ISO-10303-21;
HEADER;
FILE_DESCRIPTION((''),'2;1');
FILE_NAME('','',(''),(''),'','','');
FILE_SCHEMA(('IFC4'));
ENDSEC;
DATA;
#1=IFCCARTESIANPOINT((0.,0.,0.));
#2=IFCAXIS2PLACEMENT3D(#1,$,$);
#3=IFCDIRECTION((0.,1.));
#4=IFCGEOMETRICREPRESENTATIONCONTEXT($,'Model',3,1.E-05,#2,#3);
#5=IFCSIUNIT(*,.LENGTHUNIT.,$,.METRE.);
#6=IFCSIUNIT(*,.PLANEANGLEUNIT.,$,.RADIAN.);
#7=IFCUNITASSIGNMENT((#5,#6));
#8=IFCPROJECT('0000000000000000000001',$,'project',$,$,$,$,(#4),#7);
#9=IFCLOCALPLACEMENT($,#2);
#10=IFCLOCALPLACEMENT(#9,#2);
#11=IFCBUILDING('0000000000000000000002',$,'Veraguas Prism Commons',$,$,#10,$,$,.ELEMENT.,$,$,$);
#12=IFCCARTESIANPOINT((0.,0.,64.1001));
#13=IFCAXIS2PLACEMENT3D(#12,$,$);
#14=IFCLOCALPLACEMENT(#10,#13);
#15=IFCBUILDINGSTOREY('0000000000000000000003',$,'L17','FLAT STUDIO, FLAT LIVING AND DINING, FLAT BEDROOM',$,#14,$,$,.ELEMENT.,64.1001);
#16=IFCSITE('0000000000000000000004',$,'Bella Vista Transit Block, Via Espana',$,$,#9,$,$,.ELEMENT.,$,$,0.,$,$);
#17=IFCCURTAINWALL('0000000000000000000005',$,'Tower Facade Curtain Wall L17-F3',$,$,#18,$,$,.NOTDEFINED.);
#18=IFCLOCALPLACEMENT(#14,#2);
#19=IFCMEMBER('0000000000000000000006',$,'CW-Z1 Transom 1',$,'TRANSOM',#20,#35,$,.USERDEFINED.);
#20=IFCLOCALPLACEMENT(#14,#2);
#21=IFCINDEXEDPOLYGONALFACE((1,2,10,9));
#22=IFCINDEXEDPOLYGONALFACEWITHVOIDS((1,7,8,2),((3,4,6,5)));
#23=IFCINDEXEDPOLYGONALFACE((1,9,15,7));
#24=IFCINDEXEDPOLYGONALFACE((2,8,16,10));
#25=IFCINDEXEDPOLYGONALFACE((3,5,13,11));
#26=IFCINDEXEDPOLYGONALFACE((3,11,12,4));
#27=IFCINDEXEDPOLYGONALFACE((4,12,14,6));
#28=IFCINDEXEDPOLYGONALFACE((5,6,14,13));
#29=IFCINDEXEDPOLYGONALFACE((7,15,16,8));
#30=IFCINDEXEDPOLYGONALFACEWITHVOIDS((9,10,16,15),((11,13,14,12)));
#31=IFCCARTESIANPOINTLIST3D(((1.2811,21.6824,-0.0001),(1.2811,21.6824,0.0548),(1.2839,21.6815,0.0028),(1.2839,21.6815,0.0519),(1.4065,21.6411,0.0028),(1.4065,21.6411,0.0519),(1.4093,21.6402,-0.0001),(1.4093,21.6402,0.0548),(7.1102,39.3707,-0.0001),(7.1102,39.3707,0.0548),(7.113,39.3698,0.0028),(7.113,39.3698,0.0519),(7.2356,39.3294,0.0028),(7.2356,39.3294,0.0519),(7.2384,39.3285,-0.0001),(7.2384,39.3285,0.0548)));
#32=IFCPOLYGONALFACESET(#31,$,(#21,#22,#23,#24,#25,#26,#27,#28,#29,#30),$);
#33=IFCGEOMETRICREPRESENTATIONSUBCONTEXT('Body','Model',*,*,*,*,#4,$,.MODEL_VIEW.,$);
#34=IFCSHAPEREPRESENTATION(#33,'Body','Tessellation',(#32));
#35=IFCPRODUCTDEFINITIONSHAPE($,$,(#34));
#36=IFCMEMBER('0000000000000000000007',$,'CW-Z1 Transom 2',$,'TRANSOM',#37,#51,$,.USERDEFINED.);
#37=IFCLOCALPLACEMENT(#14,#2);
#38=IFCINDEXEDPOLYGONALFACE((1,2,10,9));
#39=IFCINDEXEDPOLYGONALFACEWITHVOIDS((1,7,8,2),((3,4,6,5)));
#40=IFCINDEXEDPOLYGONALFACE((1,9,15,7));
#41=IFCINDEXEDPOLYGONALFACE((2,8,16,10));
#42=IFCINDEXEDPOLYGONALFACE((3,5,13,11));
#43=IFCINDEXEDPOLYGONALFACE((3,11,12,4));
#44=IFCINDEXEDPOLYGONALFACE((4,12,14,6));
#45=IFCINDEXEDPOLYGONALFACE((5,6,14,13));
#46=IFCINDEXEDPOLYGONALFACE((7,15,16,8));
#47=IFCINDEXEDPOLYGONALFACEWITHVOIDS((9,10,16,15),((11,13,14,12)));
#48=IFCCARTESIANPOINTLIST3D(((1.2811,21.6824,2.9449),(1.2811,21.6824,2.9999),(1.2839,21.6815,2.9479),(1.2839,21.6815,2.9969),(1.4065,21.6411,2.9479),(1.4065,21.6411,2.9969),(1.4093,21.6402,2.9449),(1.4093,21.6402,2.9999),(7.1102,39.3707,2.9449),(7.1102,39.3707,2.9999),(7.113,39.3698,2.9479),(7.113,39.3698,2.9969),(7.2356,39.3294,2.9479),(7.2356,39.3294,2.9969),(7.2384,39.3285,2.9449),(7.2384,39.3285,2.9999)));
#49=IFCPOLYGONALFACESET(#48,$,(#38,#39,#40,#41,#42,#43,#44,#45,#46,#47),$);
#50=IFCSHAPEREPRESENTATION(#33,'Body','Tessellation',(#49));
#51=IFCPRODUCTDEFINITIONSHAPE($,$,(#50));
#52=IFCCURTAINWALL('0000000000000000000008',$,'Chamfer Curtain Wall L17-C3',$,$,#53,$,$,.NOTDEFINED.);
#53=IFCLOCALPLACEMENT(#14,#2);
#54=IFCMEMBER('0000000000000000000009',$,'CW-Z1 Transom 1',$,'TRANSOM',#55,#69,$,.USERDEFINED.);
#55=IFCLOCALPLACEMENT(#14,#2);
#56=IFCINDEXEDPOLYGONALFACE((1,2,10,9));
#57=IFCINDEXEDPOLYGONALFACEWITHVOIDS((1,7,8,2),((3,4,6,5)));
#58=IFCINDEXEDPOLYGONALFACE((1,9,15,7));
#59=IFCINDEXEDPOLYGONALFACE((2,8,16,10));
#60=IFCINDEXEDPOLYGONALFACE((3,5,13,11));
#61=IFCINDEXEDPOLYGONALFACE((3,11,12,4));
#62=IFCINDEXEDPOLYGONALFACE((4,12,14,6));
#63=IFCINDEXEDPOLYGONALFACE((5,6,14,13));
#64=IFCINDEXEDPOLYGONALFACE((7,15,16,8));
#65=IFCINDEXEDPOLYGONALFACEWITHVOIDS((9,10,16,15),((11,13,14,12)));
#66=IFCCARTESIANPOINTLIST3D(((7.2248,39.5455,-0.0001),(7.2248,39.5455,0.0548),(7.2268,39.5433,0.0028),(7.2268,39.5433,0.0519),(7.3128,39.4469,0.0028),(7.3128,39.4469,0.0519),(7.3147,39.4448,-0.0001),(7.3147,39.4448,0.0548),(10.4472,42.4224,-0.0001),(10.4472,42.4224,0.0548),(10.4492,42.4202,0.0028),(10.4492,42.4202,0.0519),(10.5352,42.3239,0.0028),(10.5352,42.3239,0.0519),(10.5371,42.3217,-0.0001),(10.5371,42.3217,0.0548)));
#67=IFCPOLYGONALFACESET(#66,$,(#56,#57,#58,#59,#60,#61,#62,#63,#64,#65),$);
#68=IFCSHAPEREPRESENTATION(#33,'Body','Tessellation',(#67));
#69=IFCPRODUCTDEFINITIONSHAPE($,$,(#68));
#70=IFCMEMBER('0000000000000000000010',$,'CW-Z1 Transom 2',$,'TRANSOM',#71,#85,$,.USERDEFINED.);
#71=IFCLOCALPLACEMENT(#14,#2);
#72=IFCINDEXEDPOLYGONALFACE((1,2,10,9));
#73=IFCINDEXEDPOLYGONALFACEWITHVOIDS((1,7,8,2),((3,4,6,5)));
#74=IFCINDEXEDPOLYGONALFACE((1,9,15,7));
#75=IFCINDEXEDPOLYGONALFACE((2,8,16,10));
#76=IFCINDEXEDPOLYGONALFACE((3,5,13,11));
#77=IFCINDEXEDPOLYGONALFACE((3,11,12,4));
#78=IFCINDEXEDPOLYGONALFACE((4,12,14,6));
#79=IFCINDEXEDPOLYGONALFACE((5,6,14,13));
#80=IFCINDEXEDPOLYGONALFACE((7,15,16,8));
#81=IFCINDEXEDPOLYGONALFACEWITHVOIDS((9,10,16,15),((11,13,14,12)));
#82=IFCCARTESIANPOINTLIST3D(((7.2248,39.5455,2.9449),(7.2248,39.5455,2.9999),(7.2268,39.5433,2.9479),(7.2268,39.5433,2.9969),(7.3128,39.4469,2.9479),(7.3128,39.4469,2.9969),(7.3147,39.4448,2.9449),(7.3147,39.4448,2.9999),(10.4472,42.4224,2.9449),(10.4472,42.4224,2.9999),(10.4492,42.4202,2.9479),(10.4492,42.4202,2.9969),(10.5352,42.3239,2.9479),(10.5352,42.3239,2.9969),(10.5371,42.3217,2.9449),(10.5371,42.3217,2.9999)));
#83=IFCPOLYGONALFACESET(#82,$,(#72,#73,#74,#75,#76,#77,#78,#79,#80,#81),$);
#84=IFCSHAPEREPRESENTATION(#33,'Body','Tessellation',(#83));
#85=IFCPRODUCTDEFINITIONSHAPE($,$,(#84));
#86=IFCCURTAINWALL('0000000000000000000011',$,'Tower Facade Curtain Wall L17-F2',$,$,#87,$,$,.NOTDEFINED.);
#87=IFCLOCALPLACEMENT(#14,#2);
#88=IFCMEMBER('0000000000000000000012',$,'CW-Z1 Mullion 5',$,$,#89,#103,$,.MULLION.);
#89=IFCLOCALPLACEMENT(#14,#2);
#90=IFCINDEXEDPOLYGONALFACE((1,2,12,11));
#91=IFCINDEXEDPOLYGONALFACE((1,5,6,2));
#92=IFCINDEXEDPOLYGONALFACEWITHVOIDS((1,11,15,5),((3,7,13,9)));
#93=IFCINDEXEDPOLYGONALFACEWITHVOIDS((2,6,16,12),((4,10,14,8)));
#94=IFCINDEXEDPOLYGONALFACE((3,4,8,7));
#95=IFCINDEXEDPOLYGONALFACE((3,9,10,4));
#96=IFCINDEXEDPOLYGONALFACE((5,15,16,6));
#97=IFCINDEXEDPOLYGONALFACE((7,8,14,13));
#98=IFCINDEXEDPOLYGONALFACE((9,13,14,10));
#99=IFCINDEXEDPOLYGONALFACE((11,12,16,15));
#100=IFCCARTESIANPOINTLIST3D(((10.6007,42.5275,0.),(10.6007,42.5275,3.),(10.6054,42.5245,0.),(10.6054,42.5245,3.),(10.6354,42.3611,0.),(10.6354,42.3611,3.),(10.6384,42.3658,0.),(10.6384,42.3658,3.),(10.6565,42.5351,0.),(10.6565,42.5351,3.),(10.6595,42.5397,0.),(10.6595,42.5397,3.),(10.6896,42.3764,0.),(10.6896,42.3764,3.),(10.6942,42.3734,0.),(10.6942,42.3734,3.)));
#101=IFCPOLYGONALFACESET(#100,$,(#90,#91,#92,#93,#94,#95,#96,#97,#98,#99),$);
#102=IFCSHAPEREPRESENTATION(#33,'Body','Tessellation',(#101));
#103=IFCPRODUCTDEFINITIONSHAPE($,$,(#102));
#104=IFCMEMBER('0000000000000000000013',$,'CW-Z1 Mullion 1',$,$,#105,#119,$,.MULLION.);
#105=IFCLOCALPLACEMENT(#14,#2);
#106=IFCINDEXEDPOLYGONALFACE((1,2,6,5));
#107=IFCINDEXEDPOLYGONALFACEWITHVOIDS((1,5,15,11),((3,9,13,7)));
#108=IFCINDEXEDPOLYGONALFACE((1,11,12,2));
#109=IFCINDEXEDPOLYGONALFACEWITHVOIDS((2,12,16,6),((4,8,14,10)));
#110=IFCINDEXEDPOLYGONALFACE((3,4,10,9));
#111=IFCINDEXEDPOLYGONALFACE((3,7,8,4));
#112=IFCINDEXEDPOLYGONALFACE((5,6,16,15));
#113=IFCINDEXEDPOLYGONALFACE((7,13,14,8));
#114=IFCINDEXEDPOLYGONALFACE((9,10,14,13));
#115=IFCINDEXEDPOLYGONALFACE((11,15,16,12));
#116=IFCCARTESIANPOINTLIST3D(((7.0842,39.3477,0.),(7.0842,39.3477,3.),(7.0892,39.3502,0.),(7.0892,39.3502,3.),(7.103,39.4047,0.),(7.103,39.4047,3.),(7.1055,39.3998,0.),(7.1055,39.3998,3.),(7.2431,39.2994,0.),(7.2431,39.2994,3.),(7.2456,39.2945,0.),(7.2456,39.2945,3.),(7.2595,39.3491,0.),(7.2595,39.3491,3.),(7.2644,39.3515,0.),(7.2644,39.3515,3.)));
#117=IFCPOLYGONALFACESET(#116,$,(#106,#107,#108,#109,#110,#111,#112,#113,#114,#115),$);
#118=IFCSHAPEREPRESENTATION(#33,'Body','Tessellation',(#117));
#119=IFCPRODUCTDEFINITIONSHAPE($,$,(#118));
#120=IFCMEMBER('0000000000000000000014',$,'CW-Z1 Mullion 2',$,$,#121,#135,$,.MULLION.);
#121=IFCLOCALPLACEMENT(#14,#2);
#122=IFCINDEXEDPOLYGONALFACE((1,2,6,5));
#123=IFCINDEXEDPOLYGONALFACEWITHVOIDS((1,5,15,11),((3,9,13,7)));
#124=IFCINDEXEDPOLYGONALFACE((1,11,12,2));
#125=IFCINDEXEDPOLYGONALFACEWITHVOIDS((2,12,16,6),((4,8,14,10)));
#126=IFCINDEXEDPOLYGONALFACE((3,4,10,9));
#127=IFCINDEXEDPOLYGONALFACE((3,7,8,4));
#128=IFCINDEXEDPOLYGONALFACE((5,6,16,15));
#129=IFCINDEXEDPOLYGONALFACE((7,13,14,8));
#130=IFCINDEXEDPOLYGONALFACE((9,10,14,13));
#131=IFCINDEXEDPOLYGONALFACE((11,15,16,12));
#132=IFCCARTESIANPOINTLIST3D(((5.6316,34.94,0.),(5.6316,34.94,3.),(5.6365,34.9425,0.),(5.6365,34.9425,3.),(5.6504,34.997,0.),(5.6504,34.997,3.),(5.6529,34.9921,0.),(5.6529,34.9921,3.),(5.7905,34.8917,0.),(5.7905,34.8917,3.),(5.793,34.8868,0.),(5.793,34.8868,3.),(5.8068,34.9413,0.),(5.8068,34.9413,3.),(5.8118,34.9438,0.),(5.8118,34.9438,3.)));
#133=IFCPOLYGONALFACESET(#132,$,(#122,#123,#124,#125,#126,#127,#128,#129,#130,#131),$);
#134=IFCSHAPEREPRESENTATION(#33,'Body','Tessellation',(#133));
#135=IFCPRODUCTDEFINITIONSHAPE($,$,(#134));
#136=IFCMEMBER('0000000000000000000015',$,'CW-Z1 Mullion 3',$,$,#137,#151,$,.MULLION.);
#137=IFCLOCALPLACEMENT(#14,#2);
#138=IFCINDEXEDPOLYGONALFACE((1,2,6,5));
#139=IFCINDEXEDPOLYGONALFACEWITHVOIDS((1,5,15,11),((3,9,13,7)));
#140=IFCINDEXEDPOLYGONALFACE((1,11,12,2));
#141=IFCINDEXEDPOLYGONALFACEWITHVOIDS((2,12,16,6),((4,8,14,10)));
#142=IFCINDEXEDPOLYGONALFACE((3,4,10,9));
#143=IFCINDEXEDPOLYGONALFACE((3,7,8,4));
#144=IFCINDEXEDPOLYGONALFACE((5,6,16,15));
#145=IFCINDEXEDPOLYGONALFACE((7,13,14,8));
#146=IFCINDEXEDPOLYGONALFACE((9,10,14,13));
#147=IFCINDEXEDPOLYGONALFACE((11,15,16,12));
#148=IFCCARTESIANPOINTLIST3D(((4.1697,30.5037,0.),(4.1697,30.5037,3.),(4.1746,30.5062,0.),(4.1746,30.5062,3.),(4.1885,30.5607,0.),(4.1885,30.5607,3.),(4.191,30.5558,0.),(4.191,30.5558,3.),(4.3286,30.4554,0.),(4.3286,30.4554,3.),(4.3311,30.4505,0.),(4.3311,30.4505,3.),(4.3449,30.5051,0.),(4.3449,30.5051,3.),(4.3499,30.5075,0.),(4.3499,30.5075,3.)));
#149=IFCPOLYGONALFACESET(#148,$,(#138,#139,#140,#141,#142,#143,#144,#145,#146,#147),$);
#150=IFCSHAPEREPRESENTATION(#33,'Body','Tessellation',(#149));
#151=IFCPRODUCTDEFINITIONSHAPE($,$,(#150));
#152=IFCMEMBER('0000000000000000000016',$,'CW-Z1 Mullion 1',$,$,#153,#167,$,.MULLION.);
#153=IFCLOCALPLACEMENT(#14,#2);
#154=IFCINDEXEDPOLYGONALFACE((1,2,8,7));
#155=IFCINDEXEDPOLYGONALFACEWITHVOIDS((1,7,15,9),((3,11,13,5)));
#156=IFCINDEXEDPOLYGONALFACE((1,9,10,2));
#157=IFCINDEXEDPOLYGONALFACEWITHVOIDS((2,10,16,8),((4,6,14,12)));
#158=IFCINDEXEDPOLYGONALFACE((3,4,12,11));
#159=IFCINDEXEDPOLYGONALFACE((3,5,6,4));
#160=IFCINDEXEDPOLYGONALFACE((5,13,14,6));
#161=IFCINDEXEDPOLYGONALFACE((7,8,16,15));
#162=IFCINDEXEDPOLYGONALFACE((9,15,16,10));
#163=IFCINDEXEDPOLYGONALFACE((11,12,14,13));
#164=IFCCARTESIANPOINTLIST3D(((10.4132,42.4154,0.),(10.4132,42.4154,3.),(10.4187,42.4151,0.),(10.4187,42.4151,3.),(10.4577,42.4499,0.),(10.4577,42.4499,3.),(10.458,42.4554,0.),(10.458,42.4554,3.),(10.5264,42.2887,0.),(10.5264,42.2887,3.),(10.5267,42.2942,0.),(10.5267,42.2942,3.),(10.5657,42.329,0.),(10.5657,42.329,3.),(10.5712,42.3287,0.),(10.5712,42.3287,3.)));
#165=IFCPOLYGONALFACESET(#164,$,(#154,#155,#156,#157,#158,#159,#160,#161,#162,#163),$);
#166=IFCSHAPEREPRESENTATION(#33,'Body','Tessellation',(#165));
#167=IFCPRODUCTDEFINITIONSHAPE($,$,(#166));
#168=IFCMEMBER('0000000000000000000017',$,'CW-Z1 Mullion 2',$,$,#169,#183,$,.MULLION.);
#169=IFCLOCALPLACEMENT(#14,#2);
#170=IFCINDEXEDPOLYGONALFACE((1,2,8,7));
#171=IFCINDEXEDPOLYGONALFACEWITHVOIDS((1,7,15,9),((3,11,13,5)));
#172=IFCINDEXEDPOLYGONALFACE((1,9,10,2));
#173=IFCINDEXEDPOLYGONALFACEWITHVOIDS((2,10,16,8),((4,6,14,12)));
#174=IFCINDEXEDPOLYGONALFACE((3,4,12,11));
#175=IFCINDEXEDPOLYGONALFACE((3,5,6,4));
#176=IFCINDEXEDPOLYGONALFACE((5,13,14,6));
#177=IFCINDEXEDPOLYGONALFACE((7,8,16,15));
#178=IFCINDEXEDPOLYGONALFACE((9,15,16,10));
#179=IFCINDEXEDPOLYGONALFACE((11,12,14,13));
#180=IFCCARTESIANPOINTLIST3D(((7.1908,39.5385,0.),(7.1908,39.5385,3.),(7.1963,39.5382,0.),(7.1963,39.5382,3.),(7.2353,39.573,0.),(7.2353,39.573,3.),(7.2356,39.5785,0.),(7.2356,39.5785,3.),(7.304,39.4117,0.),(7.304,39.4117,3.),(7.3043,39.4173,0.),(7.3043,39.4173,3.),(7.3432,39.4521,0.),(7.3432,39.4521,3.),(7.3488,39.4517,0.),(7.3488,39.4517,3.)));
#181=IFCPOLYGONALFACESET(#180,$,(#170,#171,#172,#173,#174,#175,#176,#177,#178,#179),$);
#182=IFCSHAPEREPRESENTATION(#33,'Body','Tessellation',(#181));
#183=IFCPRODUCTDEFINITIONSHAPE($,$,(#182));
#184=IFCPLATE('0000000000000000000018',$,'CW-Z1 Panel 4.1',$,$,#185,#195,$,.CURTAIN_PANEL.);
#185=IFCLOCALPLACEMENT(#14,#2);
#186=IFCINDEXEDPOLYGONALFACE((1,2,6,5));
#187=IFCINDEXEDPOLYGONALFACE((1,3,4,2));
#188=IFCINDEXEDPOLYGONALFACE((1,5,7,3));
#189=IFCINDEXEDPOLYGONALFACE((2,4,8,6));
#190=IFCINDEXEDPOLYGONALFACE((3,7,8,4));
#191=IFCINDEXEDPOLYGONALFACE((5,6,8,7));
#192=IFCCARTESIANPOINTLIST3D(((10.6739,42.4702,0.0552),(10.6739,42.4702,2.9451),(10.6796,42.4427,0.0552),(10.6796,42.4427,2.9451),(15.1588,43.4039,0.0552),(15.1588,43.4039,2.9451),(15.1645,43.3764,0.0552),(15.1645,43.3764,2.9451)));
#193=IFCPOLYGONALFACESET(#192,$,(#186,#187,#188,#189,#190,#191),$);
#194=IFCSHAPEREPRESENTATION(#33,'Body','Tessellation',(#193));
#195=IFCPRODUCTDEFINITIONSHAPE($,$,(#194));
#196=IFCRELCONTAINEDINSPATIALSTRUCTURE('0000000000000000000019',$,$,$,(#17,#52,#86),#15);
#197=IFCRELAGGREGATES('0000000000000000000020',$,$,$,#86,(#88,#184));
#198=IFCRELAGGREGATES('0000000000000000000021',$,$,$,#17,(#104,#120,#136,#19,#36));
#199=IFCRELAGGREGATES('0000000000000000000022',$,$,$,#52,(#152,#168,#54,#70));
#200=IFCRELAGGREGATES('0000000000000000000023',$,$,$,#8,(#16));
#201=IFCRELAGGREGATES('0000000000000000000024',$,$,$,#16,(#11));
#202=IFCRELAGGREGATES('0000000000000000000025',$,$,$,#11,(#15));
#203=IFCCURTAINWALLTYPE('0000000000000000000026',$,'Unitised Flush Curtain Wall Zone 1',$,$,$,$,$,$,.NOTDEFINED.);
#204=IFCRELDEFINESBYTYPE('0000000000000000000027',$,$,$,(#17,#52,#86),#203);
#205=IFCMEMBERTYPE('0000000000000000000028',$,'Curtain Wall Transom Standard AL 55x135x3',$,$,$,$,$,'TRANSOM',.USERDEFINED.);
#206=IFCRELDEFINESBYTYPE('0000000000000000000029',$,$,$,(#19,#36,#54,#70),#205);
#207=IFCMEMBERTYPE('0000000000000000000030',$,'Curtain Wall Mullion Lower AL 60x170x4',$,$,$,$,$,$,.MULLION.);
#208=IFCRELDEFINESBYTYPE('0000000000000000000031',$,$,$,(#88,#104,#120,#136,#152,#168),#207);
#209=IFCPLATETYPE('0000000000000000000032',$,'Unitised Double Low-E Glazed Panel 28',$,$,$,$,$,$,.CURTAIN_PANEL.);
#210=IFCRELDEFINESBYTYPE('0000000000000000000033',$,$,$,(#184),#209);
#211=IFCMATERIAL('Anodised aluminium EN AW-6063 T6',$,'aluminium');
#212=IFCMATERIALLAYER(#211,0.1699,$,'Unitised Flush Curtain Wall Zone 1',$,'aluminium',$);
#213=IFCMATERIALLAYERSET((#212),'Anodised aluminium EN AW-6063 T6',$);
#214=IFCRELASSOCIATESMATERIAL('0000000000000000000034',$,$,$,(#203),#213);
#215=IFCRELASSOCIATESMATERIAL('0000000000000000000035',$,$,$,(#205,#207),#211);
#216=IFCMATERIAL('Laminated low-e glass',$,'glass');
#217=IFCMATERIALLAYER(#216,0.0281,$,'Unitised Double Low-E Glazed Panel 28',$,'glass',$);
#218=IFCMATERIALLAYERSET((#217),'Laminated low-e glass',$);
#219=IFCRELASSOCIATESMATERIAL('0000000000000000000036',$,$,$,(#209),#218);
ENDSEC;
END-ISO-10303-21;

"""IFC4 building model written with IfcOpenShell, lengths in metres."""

from ifc_helpers import new_model, si_unit, direction, frame, origin, origin_2d, place, context, subcontext, project, spatial, rectangle, hollow_rectangle, extrude, source, transform, mapped, material, layer, layer_set, material_profile, profile_set, type_object, element, aggregate, save


model = new_model("IFC4")

# Units and contexts
model_context = context("Model", 3, precision=1e-05, world=origin(), true_north=direction((0.0, 1.0)))
body_context = subcontext(model_context, "Body", "Model", "MODEL_VIEW")
ifc_project = project(units=[si_unit("LENGTHUNIT", "METRE"), si_unit("PLANEANGLEUNIT", "RADIAN")], contexts=[model_context])

# Site, building, storey
site_placement = place(None, origin())
site = spatial("IfcSite", under=ifc_project, at=site_placement, Name="Bella Vista Transit Block, Via Espana", CompositionType="ELEMENT", RefElevation=0.0)
building_placement = place(site_placement, origin())
building = spatial("IfcBuilding", under=site, at=building_placement, Name="Veraguas Prism Commons", CompositionType="ELEMENT")
storey_placement = place(building_placement, frame((0.0, 0.0, 64.1001)))
storey = spatial("IfcBuildingStorey", under=building, at=storey_placement, Name="L17", Description="FLAT STUDIO, FLAT LIVING AND DINING, FLAT BEDROOM", CompositionType="ELEMENT", Elevation=64.1001)

# Curtain walls, members
ifc_material_1 = material(Name="Anodised aluminium EN AW-6063 T6", Category="aluminium")
ifc_layer_1 = layer(ifc_material_1, 0.1699, Name="Unitised Flush Curtain Wall Zone 1", Category="aluminium")
ifc_layer_set_1 = layer_set([ifc_layer_1], Name="Anodised aluminium EN AW-6063 T6")
curtain_wall_type = type_object("IfcCurtainWallType", Name="Unitised Flush Curtain Wall Zone 1", PredefinedType="NOTDEFINED", material=ifc_layer_set_1)
curtain_wall_1_placement = place(storey_placement, origin())
curtain_wall_1 = element("IfcCurtainWall", 1, at=curtain_wall_1_placement, inside=storey, type_object=curtain_wall_type, Name="Tower Facade Curtain Wall L17-F3", PredefinedType="NOTDEFINED")
ifc_material_profile_1 = material_profile(ifc_material_1, hollow_rectangle(XDim=0.0549, YDim=0.135, WallThickness=0.0029, at=origin_2d()), Name="AL55X135X3")
ifc_profile_set_1 = profile_set([ifc_material_profile_1], Name="Anodised aluminium EN AW-6063 T6")
member_type_1 = type_object("IfcMemberType", Name="Curtain Wall Transom Standard AL 55x135x3", ElementType="TRANSOM", PredefinedType="USERDEFINED", material=ifc_profile_set_1)
shared_shape_1 = source(origin(), body_context, "Body", "SweptSolid", [
    extrude(hollow_rectangle(XDim=0.0549, YDim=0.135, WallThickness=0.0029, at=origin_2d()), origin(), (0.0, 0.0, 1.0), 18.624),
])
member_1_placement = place(storey_placement, frame((7.1743, 39.3496, 0.0273), z_axis=(-0.312989, -0.949757, 0.0), x_axis=(0.0, 0.0, 1.0)))
member_1 = element("IfcMember", 2, at=member_1_placement, type_object=member_type_1, Name="CW-Z1 Transom 1", ObjectType="TRANSOM", PredefinedType="USERDEFINED", context=body_context, shape_type="MappedRepresentation", body=[
    mapped(shared_shape_1, transform((0.0, 0.0, 0.0), scale=1.0)),
])
member_2_placement = place(storey_placement, frame((7.1743, 39.3496, 2.9724), z_axis=(-0.312989, -0.949757, 0.0), x_axis=(0.0, 0.0, 1.0)))
member_2 = element("IfcMember", 3, at=member_2_placement, type_object=member_type_1, Name="CW-Z1 Transom 2", ObjectType="TRANSOM", PredefinedType="USERDEFINED", context=body_context, shape_type="MappedRepresentation", body=[
    mapped(shared_shape_1, transform((0.0, 0.0, 0.0), scale=1.0)),
])
curtain_wall_2_placement = place(storey_placement, origin())
curtain_wall_2 = element("IfcCurtainWall", 4, at=curtain_wall_2_placement, inside=storey, type_object=curtain_wall_type, Name="Chamfer Curtain Wall L17-C3", PredefinedType="NOTDEFINED")
shared_shape_2 = source(origin(), body_context, "Body", "SweptSolid", [
    extrude(hollow_rectangle(XDim=0.0549, YDim=0.135, WallThickness=0.0029, at=origin_2d()), origin(), (0.0, 0.0, 1.0), 4.3198),
])
member_3_placement = place(storey_placement, frame((10.4922, 42.3721, 0.0273), z_axis=(-0.745961, -0.66599, 0.0), x_axis=(0.0, 0.0, 1.0)))
member_3 = element("IfcMember", 5, at=member_3_placement, type_object=member_type_1, Name="CW-Z1 Transom 1", ObjectType="TRANSOM", PredefinedType="USERDEFINED", context=body_context, shape_type="MappedRepresentation", body=[
    mapped(shared_shape_2, transform((0.0, 0.0, 0.0), scale=1.0)),
])
member_4_placement = place(storey_placement, frame((10.4922, 42.3721, 2.9724), z_axis=(-0.745961, -0.66599, 0.0), x_axis=(0.0, 0.0, 1.0)))
member_4 = element("IfcMember", 6, at=member_4_placement, type_object=member_type_1, Name="CW-Z1 Transom 2", ObjectType="TRANSOM", PredefinedType="USERDEFINED", context=body_context, shape_type="MappedRepresentation", body=[
    mapped(shared_shape_2, transform((0.0, 0.0, 0.0), scale=1.0)),
])

# Curtain wall, member
curtain_wall_3_placement = place(storey_placement, origin())
curtain_wall_3 = element("IfcCurtainWall", 7, at=curtain_wall_3_placement, inside=storey, type_object=curtain_wall_type, Name="Tower Facade Curtain Wall L17-F2", PredefinedType="NOTDEFINED")
ifc_material_profile_2 = material_profile(ifc_material_1, hollow_rectangle(XDim=0.0601, YDim=0.1699, WallThickness=0.0039, at=origin_2d()), Name="AL60X170X4")
ifc_profile_set_2 = profile_set([ifc_material_profile_2], Name="Anodised aluminium EN AW-6063 T6")
member_type_2 = type_object("IfcMemberType", Name="Curtain Wall Mullion Lower AL 60x170x4", PredefinedType="MULLION", material=ifc_profile_set_2)
shared_shape_3 = source(origin(), body_context, "Body", "SweptSolid", [
    extrude(hollow_rectangle(XDim=0.0601, YDim=0.1699, WallThickness=0.0039, at=origin_2d()), origin(), (0.0, 0.0, 1.0), 3.0),
])
member_5_placement = place(storey_placement, frame((10.6475, 42.4504, 0.0), z_axis=(0.0, 0.0, 1.0), x_axis=(-0.979009, -0.203818, 0.0)))
member_5 = element("IfcMember", 8, at=member_5_placement, type_object=member_type_2, Name="CW-Z1 Mullion 5", PredefinedType="MULLION", context=body_context, shape_type="MappedRepresentation", body=[
    mapped(shared_shape_3, transform((0.0, 0.0, 0.0), scale=1.0)),
])

# Members
member_6_placement = place(storey_placement, frame((7.1743, 39.3496, 0.0), z_axis=(0.0, 0.0, 1.0), x_axis=(-0.312991, -0.949756, 0.0)))
member_6 = element("IfcMember", 9, at=member_6_placement, type_object=member_type_2, Name="CW-Z1 Mullion 1", PredefinedType="MULLION", context=body_context, shape_type="MappedRepresentation", body=[
    mapped(shared_shape_3, transform((0.0, 0.0, 0.0), scale=1.0)),
])
member_7_placement = place(storey_placement, frame((5.7217, 34.9419, 0.0), z_axis=(0.0, 0.0, 1.0), x_axis=(-0.312991, -0.949756, 0.0)))
member_7 = element("IfcMember", 10, at=member_7_placement, type_object=member_type_2, Name="CW-Z1 Mullion 2", PredefinedType="MULLION", context=body_context, shape_type="MappedRepresentation", body=[
    mapped(shared_shape_3, transform((0.0, 0.0, 0.0), scale=1.0)),
])
member_8_placement = place(storey_placement, frame((4.2598, 30.5056, 0.0), z_axis=(0.0, 0.0, 1.0), x_axis=(-0.312991, -0.949756, 0.0)))
member_8 = element("IfcMember", 11, at=member_8_placement, type_object=member_type_2, Name="CW-Z1 Mullion 3", PredefinedType="MULLION", context=body_context, shape_type="MappedRepresentation", body=[
    mapped(shared_shape_3, transform((0.0, 0.0, 0.0), scale=1.0)),
])
member_9_placement = place(storey_placement, frame((10.4922, 42.3721, 0.0), z_axis=(0.0, 0.0, 1.0), x_axis=(-0.745954, -0.665998, 0.0)))
member_9 = element("IfcMember", 12, at=member_9_placement, type_object=member_type_2, Name="CW-Z1 Mullion 1", PredefinedType="MULLION", context=body_context, shape_type="MappedRepresentation", body=[
    mapped(shared_shape_3, transform((0.0, 0.0, 0.0), scale=1.0)),
])
member_10_placement = place(storey_placement, frame((7.2698, 39.4951, 0.0), z_axis=(0.0, 0.0, 1.0), x_axis=(-0.745954, -0.665998, 0.0)))
member_10 = element("IfcMember", 13, at=member_10_placement, type_object=member_type_2, Name="CW-Z1 Mullion 2", PredefinedType="MULLION", context=body_context, shape_type="MappedRepresentation", body=[
    mapped(shared_shape_3, transform((0.0, 0.0, 0.0), scale=1.0)),
])

# Plate
ifc_material_2 = material(Name="Laminated low-e glass", Category="glass")
ifc_layer_2 = layer(ifc_material_2, 0.0281, Name="Unitised Double Low-E Glazed Panel 28", Category="glass")
ifc_layer_set_2 = layer_set([ifc_layer_2], Name="Laminated low-e glass")
plate_type = type_object("IfcPlateType", Name="Unitised Double Low-E Glazed Panel 28", PredefinedType="CURTAIN_PANEL", material=ifc_layer_set_2)
shared_shape_4 = source(origin(), body_context, "Body", "SweptSolid", [
    extrude(rectangle(XDim=4.5811, YDim=0.0281, at=origin_2d()), origin(), (0.0, 0.0, 1.0), 2.8899),
])
plate_1_placement = place(storey_placement, frame((12.9192, 42.9233, 0.0552), z_axis=(0.0, 0.0, 1.0), x_axis=(-0.979009, -0.203818, 0.0)))
plate_1 = element("IfcPlate", 14, at=plate_1_placement, type_object=plate_type, Name="CW-Z1 Panel 4.1", PredefinedType="CURTAIN_PANEL", context=body_context, shape_type="MappedRepresentation", body=[
    mapped(shared_shape_4, transform((0.0, 0.0, 0.0), scale=1.0)),
])
aggregate(curtain_wall_3, [member_5, plate_1])
aggregate(curtain_wall_1, [member_6, member_7, member_8, member_1, member_2])
aggregate(curtain_wall_2, [member_9, member_10, member_3, member_4])

save(model, "model.ifc")
